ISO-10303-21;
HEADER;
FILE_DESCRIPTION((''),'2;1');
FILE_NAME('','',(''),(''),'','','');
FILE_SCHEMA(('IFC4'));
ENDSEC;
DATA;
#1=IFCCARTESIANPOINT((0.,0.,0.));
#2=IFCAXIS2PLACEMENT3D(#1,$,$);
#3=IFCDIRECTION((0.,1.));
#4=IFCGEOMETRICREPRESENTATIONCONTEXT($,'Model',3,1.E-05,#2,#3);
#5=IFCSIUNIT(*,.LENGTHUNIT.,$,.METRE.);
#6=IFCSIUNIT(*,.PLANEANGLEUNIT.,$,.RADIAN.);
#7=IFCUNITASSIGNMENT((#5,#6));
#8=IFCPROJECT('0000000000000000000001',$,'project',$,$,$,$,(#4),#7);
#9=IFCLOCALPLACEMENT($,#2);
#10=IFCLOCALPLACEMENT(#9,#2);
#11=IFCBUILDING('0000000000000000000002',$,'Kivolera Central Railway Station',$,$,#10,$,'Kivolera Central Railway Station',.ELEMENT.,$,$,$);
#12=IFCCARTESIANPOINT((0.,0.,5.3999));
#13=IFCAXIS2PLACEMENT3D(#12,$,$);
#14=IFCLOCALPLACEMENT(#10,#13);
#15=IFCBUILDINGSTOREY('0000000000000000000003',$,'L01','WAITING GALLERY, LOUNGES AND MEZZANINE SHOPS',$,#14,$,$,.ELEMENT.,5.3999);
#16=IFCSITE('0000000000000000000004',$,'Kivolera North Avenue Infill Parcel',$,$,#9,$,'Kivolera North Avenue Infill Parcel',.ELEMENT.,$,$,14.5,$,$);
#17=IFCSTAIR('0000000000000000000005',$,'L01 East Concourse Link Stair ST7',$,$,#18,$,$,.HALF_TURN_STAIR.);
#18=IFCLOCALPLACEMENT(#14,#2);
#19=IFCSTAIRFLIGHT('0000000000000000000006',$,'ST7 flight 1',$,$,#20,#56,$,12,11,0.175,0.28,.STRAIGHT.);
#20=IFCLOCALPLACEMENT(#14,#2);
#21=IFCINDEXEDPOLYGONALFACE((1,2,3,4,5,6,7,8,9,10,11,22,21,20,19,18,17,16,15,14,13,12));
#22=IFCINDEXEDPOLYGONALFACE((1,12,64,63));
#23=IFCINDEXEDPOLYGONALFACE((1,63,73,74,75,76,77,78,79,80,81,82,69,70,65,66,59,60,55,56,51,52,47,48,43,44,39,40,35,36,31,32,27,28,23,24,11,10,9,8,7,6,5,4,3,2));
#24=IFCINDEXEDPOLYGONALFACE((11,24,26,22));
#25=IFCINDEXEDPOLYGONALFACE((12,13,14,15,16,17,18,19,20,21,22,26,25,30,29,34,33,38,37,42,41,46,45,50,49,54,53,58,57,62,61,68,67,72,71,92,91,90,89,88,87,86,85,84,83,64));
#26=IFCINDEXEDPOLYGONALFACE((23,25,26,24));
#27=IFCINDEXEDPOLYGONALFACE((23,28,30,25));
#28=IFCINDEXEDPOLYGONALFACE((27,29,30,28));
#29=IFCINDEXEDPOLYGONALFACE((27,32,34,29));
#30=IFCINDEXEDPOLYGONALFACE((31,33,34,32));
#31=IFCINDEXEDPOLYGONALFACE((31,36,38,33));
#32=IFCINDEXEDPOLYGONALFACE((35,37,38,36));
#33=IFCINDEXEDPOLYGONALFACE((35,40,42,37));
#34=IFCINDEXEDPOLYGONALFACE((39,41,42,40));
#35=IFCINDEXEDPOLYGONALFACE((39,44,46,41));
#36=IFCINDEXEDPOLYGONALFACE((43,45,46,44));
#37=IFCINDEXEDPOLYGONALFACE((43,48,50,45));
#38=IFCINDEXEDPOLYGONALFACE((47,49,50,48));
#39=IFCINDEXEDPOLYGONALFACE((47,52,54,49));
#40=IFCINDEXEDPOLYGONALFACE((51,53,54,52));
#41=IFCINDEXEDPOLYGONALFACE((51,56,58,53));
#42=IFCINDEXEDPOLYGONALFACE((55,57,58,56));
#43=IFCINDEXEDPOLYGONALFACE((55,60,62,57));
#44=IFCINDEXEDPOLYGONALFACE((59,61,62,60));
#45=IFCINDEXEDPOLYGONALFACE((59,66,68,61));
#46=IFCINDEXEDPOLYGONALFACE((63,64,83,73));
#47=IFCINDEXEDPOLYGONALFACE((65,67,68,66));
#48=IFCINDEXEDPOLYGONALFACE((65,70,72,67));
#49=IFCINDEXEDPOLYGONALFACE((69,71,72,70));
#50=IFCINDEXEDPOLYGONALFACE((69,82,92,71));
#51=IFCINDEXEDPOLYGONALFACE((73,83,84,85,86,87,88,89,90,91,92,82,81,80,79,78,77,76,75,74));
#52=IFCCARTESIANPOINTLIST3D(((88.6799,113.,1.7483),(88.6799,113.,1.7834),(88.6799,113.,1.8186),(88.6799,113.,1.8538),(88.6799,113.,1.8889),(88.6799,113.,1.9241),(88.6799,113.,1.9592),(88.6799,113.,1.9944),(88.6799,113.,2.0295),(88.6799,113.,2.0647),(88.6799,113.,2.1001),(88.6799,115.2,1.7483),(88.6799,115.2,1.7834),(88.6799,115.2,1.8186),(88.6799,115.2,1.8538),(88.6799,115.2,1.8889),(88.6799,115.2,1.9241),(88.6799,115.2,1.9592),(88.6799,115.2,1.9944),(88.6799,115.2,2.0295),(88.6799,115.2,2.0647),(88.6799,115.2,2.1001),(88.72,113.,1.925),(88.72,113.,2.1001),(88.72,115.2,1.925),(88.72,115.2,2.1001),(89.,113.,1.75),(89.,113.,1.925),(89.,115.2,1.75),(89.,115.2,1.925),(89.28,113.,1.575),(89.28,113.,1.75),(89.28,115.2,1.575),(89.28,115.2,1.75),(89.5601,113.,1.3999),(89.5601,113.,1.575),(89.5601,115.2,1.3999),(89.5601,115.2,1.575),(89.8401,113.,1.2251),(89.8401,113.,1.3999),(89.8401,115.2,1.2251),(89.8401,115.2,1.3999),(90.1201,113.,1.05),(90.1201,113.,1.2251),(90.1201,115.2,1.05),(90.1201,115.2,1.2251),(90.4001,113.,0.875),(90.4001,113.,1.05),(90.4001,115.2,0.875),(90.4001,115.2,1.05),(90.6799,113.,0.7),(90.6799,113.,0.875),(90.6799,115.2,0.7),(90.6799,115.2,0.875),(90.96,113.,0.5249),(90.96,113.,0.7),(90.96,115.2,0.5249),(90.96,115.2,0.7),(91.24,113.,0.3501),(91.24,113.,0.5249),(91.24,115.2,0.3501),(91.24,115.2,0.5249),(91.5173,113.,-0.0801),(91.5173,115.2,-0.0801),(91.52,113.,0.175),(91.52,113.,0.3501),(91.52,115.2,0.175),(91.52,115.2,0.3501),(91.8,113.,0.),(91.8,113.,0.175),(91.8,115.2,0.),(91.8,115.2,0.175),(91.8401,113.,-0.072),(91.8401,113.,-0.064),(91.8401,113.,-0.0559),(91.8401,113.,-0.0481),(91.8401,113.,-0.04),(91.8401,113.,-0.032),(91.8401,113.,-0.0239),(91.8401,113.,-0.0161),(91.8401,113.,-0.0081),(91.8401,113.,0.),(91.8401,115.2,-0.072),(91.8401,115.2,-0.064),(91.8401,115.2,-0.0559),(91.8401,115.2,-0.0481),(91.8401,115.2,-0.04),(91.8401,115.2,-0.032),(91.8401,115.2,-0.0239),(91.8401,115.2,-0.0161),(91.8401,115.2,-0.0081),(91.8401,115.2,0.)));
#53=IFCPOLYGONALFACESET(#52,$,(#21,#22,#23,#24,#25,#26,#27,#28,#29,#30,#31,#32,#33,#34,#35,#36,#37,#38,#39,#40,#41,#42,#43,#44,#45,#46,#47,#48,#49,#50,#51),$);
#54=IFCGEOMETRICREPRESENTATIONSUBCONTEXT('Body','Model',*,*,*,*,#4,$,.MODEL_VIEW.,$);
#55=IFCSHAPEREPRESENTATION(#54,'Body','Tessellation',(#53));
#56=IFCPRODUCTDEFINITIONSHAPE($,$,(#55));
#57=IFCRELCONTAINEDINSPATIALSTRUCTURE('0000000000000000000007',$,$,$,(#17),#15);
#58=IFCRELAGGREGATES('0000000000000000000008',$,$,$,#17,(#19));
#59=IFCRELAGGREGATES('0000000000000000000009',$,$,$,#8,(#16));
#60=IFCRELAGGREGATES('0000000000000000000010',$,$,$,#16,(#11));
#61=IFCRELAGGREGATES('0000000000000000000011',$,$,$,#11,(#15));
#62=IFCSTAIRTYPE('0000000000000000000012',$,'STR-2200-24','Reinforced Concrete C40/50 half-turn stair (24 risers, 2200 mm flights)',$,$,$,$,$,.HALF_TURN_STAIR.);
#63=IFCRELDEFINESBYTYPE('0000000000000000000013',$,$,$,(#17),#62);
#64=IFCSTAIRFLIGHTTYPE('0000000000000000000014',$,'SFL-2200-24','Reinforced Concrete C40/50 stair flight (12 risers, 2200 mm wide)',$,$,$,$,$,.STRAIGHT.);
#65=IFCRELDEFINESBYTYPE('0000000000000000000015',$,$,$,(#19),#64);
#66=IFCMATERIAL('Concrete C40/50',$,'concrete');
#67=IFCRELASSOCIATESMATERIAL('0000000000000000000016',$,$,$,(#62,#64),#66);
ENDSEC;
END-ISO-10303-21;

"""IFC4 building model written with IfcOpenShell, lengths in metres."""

from ifc_helpers import new_model, si_unit, direction, frame, origin, place, context, subcontext, project, spatial, polyline, outline, extrude, material, type_object, element, aggregate, save


model = new_model("IFC4")

# Units and contexts
model_context = context("Model", 3, precision=1e-05, world=origin(), true_north=direction((0.0, 1.0)))
body_context = subcontext(model_context, "Body", "Model", "MODEL_VIEW")
ifc_project = project(units=[si_unit("LENGTHUNIT", "METRE"), si_unit("PLANEANGLEUNIT", "RADIAN")], contexts=[model_context])

# Site, building, storey
site_placement = place(None, origin())
site = spatial("IfcSite", under=ifc_project, at=site_placement, Name="Kivolera North Avenue Infill Parcel", LongName="Kivolera North Avenue Infill Parcel", CompositionType="ELEMENT", RefElevation=14.5)
building_placement = place(site_placement, origin())
building = spatial("IfcBuilding", under=site, at=building_placement, Name="Kivolera Central Railway Station", LongName="Kivolera Central Railway Station", CompositionType="ELEMENT")
storey_placement = place(building_placement, frame((0.0, 0.0, 5.3999)))
storey = spatial("IfcBuildingStorey", under=building, at=storey_placement, Name="L01", Description="WAITING GALLERY, LOUNGES AND MEZZANINE SHOPS", CompositionType="ELEMENT", Elevation=5.3999)

# Shared definitions
ifc_material_1 = material(Name="Concrete C40/50", Category="concrete")

# Stair, stair flight
stair_type = type_object("IfcStairType", Name="STR-2200-24", Description="Reinforced Concrete C40/50 half-turn stair (24 risers, 2200 mm flights)", PredefinedType="HALF_TURN_STAIR", material=ifc_material_1)
stair_placement = place(storey_placement, origin())
stair = element("IfcStair", 1, at=stair_placement, inside=storey, type_object=stair_type, Name="L01 East Concourse Link Stair ST7", PredefinedType="HALF_TURN_STAIR")
stair_flight_type = type_object("IfcStairFlightType", Name="SFL-2200-24", Description="Reinforced Concrete C40/50 stair flight (12 risers, 2200 mm wide)", PredefinedType="STRAIGHT", material=ifc_material_1)
stair_flight_placement = place(storey_placement, frame((91.8, 114.1001, 0.0), z_axis=(0.0, 0.0, 1.0), x_axis=(-1.0, 0.0, 0.0)))
stair_flight = element("IfcStairFlight", 2, at=stair_flight_placement, type_object=stair_flight_type, Name="ST7 flight 1", NumberOfRisers=12, NumberOfTreads=11, PredefinedType="STRAIGHT", RiserHeight=0.175, TreadLength=0.28, context=body_context, shape_type="SweptSolid", body=[
    extrude(outline(polyline([(-0.04, 0.0), (0.0, 0.0), (0.0, 0.175), (0.28, 0.175), (0.28, 0.3501), (0.5601, 0.3501), (0.5601, 0.5249), (0.8401, 0.5249), (0.8401, 0.7), (1.1201, 0.7), (1.1201, 0.875), (1.3999, 0.875), (1.3999, 1.05), (1.6799, 1.05), (1.6799, 1.2251), (1.96, 1.2251), (1.96, 1.3999), (2.24, 1.3999), (2.24, 1.575), (2.52, 1.575), (2.52, 1.75), (2.8, 1.75), (2.8, 1.925), (3.0801, 1.925), (3.0801, 2.1001), (3.1201, 2.1001), (3.1201, 2.0647), (3.1201, 2.0295), (3.1201, 1.9944), (3.1201, 1.9592), (3.1201, 1.9241), (3.1201, 1.8889), (3.1201, 1.8538), (3.1201, 1.8186), (3.1201, 1.7834), (3.1201, 1.7483), (0.2827, -0.0801), (-0.04, -0.072), (-0.04, -0.064), (-0.04, -0.0559), (-0.04, -0.0481), (-0.04, -0.04), (-0.04, -0.032), (-0.04, -0.0239), (-0.04, -0.0161), (-0.04, -0.0081), (-0.04, 0.0)])), frame((0.0, 1.1001, 0.0), z_axis=(0.0, -1.0, 0.0), x_axis=(1.0, 0.0, 0.0)), (0.0, 0.0, 1.0), 2.2),
])
aggregate(stair, [stair_flight])

save(model, "model.ifc")
